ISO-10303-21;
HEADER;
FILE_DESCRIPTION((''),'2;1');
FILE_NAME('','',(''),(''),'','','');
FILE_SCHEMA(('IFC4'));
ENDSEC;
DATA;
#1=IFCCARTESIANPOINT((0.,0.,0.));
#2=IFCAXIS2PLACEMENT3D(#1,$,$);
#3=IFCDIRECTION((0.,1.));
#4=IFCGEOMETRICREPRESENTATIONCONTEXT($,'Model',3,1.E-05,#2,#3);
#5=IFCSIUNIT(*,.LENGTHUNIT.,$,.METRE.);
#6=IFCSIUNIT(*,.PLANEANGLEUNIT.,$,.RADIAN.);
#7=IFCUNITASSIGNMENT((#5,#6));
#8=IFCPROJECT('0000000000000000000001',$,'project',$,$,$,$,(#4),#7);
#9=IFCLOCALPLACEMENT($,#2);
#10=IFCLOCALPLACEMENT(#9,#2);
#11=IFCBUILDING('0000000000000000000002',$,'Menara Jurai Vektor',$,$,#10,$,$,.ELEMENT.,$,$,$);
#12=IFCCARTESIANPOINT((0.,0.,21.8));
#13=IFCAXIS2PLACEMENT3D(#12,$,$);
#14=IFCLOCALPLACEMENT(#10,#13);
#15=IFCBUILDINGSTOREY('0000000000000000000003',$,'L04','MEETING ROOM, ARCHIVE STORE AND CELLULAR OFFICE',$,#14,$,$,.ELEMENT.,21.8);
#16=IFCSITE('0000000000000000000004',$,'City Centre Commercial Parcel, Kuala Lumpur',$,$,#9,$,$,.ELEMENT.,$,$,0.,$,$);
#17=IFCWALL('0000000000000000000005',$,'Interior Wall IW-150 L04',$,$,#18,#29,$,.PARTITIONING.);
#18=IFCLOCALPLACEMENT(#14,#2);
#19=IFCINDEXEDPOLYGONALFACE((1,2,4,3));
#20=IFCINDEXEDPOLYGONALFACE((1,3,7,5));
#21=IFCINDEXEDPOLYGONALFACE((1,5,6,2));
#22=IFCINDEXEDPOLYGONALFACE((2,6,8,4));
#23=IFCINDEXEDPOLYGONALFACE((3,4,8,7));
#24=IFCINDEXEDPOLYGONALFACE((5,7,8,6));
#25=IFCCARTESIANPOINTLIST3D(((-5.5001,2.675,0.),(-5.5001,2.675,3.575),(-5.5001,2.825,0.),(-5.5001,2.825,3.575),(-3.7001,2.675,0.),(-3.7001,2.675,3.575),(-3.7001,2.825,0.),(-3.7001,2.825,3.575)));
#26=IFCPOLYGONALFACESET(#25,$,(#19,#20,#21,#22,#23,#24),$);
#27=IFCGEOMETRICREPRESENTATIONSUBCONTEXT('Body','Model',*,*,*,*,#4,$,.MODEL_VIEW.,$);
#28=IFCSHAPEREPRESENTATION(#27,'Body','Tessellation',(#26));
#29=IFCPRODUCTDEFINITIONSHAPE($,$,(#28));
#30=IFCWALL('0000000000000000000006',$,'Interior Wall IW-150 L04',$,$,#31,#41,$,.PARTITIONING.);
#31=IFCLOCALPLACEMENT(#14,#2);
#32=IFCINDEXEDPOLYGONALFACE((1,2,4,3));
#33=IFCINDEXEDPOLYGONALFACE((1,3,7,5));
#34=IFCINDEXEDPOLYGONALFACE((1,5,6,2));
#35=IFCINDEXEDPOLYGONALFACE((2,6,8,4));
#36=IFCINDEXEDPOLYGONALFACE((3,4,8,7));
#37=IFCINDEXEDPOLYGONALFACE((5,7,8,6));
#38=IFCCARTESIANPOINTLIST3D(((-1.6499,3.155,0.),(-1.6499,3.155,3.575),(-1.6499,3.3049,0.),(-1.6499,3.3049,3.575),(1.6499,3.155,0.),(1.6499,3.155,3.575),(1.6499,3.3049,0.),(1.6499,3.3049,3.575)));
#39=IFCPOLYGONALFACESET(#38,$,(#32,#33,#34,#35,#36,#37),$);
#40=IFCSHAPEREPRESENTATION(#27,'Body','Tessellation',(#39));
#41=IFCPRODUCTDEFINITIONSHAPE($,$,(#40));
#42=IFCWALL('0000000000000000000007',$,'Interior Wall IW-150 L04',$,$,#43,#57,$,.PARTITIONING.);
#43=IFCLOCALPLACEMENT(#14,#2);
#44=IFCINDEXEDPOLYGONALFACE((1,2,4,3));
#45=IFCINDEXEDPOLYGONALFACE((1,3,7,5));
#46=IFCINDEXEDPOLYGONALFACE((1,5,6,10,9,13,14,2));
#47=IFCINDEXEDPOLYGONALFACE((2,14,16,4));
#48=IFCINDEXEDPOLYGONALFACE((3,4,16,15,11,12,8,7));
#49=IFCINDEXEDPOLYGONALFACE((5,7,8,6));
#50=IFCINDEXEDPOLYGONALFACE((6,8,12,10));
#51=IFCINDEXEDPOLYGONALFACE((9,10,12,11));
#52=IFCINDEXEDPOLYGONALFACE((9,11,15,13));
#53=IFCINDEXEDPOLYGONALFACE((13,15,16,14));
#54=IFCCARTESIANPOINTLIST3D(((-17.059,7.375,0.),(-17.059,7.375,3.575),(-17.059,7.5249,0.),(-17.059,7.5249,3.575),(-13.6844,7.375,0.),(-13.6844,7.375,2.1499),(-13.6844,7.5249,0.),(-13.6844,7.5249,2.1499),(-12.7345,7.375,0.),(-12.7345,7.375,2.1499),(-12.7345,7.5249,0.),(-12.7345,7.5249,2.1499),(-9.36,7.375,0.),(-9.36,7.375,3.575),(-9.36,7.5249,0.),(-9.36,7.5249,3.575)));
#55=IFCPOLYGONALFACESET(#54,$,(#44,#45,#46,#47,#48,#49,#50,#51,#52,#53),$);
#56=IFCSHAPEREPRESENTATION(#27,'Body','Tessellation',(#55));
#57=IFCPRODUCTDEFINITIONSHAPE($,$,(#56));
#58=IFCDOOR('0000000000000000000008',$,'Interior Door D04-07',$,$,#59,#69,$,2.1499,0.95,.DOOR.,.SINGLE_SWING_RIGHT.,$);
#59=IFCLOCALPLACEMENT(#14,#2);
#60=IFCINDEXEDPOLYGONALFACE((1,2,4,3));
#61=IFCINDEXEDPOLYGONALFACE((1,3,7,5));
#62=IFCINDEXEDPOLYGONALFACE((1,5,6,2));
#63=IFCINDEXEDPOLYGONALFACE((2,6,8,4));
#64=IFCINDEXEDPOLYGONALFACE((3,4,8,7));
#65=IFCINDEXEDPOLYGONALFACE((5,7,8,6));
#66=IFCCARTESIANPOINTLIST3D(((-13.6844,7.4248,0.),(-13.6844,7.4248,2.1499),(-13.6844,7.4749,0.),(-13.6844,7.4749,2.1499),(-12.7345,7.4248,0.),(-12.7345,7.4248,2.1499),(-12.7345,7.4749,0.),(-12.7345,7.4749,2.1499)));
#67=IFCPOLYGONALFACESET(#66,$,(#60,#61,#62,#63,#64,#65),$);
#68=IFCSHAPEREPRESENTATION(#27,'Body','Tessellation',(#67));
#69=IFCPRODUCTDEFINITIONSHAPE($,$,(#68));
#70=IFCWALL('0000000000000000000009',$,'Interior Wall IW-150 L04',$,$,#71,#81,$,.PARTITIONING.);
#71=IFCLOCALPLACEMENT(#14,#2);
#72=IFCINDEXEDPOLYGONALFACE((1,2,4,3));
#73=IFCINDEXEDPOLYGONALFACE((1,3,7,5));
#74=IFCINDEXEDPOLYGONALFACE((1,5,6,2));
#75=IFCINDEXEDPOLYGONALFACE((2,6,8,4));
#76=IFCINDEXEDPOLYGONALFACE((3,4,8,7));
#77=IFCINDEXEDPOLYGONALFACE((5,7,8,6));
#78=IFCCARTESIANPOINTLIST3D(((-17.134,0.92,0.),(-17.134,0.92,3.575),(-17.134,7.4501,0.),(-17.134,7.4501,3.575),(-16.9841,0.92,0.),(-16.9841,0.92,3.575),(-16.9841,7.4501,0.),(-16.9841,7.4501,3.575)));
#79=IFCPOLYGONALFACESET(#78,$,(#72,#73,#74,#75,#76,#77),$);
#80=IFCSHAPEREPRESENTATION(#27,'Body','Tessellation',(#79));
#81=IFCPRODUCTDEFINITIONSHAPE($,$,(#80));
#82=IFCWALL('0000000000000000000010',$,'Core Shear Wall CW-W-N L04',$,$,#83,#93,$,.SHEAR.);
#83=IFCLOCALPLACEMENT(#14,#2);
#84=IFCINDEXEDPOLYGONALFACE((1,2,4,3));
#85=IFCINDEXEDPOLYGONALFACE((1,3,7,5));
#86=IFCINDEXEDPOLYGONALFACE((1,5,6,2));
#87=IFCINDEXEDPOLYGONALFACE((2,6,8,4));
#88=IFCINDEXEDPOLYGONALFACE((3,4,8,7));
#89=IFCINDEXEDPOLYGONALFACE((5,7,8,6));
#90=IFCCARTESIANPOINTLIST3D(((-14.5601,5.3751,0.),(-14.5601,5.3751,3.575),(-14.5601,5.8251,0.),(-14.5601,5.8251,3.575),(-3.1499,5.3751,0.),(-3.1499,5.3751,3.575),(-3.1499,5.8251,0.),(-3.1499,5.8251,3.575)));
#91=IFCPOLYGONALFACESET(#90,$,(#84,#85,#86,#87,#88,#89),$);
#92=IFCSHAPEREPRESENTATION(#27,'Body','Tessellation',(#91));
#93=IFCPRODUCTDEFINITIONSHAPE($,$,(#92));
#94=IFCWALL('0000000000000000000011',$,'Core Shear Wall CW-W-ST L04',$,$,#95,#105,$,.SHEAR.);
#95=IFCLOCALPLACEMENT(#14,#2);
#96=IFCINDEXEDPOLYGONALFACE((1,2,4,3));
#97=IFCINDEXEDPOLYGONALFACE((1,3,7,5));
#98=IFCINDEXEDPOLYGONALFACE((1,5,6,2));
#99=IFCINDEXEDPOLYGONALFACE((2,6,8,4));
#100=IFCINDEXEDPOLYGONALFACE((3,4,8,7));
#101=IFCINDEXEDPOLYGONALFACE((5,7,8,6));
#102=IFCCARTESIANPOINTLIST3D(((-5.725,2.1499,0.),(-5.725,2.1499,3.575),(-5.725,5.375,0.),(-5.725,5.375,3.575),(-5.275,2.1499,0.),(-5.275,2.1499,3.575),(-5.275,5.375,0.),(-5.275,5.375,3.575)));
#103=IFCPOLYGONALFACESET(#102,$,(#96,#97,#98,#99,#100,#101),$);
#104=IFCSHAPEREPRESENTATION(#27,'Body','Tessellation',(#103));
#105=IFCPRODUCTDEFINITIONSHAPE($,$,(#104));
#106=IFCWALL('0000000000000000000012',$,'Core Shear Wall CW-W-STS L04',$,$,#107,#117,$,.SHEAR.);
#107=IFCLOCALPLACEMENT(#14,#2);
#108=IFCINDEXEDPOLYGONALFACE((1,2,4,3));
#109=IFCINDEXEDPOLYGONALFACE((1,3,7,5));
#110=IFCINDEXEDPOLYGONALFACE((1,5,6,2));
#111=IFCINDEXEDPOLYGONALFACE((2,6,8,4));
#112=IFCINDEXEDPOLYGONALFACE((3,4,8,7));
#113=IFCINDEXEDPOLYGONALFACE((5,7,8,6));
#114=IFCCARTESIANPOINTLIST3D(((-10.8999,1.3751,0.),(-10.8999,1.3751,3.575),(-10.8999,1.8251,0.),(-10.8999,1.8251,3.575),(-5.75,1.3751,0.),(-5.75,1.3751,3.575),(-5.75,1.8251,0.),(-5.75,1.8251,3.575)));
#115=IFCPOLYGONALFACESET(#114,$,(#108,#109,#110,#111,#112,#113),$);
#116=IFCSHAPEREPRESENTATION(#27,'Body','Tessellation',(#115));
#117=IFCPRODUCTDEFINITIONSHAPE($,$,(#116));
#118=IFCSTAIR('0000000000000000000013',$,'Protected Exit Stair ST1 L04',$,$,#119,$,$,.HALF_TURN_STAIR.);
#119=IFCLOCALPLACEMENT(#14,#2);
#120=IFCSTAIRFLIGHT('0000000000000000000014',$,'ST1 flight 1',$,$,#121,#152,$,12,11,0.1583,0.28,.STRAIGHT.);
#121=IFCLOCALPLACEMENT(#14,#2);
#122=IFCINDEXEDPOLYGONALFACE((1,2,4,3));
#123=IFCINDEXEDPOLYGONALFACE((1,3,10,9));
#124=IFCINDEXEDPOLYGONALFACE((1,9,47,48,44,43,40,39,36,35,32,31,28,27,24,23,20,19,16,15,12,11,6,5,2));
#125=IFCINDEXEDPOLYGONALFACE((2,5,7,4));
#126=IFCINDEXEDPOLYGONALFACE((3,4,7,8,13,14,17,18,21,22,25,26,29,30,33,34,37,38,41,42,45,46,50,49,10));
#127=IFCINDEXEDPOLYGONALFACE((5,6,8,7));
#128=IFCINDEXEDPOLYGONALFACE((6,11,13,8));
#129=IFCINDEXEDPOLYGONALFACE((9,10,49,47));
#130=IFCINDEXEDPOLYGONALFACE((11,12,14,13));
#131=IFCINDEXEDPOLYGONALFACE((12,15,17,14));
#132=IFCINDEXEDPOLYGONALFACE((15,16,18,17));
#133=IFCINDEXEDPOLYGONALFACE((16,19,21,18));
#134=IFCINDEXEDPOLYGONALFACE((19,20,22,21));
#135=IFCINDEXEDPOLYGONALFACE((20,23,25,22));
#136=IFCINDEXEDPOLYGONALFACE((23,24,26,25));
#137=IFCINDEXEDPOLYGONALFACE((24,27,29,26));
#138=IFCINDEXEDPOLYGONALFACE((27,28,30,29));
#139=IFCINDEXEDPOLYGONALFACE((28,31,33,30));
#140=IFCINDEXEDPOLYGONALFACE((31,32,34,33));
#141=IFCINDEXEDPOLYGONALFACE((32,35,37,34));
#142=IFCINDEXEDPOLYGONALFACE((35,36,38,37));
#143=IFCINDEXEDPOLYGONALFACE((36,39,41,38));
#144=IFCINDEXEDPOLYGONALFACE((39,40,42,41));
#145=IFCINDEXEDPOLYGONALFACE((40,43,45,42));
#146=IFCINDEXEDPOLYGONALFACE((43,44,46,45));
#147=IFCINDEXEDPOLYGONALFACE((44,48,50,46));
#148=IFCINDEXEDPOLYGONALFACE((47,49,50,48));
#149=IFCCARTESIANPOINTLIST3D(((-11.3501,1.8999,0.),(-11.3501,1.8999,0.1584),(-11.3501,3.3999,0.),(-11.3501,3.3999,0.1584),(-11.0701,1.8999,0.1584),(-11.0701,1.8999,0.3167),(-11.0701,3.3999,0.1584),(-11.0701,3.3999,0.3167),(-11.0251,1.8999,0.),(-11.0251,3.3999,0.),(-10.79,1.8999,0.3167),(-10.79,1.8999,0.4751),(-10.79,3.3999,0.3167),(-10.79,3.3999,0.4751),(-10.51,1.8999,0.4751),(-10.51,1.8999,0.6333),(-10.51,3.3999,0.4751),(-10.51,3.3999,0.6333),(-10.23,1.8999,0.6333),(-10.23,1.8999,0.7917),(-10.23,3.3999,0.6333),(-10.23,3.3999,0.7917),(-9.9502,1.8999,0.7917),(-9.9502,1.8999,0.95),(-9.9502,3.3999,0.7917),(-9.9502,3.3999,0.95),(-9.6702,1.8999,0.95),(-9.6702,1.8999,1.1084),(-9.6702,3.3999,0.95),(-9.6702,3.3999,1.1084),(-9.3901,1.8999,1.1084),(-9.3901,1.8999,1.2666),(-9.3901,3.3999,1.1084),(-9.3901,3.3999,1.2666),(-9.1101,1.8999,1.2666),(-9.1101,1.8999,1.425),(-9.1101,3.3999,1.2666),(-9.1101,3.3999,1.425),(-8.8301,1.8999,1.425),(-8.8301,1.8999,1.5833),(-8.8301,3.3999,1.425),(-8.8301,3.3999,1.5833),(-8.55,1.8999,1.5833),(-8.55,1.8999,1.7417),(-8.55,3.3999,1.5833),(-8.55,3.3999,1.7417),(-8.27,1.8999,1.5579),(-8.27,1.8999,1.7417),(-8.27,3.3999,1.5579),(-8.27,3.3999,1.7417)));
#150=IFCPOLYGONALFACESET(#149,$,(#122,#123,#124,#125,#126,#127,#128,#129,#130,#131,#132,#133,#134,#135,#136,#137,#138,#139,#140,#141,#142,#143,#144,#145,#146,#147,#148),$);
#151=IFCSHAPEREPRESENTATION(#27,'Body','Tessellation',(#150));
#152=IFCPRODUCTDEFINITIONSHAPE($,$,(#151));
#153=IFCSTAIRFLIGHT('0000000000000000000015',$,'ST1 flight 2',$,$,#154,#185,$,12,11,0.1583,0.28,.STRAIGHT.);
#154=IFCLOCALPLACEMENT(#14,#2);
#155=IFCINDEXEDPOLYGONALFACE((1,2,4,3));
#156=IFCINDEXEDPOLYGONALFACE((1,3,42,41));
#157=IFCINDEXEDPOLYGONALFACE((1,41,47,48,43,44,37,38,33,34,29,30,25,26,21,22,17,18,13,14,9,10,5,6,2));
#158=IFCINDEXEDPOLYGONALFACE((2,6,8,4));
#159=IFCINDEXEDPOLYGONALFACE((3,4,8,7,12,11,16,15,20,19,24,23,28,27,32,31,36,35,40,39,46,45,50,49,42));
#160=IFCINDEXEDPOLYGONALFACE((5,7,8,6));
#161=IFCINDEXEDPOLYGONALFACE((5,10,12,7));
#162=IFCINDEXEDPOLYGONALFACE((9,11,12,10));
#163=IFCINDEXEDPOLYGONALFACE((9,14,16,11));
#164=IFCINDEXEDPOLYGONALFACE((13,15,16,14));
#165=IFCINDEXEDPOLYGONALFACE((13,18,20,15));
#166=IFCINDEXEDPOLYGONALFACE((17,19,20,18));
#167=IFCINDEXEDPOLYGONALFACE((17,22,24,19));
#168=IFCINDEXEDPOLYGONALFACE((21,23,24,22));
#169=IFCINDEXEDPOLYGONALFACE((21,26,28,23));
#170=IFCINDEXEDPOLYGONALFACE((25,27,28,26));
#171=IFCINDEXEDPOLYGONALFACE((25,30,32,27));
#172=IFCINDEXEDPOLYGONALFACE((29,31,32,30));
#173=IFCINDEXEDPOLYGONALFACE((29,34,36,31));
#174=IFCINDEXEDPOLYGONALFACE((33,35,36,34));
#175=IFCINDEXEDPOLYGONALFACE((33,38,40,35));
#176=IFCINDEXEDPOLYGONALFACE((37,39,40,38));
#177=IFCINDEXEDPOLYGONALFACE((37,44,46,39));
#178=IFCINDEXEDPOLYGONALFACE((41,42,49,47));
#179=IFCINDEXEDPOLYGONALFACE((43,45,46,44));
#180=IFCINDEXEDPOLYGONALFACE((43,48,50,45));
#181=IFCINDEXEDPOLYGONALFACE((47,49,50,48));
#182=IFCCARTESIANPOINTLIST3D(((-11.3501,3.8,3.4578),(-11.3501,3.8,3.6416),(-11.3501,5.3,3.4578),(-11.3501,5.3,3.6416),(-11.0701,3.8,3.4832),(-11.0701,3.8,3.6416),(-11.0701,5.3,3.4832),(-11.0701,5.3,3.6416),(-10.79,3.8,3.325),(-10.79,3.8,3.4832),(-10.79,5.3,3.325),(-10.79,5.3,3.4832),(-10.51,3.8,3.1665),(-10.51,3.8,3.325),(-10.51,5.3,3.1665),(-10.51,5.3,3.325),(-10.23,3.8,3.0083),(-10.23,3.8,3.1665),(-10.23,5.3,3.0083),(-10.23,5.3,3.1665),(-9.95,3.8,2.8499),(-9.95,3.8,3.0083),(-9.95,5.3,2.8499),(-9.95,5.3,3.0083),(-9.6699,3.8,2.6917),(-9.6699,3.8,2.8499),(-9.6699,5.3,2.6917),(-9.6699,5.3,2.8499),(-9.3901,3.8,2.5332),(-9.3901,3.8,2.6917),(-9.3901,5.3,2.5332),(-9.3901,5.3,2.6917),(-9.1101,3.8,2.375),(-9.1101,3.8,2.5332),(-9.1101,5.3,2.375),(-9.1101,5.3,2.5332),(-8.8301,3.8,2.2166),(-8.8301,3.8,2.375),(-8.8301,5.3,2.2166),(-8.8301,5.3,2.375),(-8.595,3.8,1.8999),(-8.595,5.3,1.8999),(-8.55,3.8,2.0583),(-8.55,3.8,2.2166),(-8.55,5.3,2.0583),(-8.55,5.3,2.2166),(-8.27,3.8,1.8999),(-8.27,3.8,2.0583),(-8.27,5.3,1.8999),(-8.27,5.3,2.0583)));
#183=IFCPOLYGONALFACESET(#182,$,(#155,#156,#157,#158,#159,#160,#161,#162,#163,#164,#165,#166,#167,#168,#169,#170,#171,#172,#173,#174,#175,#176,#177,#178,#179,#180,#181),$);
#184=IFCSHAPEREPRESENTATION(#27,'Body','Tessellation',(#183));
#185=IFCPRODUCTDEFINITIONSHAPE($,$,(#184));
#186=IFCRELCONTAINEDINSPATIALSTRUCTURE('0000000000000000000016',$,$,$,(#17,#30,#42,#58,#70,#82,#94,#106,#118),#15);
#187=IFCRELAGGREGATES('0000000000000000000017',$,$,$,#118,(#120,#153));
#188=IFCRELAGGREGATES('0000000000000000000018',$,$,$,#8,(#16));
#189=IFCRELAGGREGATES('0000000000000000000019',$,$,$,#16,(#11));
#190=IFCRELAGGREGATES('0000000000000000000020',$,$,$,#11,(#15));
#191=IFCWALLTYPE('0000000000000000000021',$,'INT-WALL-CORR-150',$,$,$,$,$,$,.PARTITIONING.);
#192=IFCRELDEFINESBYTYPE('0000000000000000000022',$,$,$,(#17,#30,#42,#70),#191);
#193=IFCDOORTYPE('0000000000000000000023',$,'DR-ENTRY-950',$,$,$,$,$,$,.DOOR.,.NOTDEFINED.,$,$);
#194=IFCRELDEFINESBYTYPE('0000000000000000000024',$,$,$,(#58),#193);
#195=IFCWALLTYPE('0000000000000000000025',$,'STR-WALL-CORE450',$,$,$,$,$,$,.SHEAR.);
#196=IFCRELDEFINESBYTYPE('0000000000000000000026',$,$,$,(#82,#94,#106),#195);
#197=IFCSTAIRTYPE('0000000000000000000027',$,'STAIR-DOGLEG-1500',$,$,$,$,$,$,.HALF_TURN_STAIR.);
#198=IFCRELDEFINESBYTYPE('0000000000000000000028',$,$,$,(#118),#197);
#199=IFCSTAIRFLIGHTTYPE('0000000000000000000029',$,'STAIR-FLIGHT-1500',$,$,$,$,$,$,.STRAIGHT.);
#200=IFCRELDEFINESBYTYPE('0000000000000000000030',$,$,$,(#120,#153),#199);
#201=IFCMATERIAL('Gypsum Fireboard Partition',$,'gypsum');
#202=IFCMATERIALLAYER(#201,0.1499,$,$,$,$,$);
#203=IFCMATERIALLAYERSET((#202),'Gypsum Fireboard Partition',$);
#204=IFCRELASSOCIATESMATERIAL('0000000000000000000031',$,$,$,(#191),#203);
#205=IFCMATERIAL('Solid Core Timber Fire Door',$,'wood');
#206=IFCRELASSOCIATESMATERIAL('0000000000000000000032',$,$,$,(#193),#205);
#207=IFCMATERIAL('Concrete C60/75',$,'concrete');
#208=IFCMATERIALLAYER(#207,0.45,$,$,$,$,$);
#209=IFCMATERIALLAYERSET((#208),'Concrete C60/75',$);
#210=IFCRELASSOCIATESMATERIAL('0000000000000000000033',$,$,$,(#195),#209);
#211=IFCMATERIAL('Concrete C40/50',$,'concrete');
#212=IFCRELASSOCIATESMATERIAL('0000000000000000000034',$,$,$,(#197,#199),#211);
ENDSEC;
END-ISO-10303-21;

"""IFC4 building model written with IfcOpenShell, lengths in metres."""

from ifc_helpers import new_model, si_unit, direction, frame, frame_2d, origin, place, context, subcontext, project, spatial, polyline, rectangle, outline, extrude, material, layer, layer_set, type_object, element, fill, aggregate, save


model = new_model("IFC4")

# Units and contexts
model_context = context("Model", 3, precision=1e-05, world=origin(), true_north=direction((0.0, 1.0)))
body_context = subcontext(model_context, "Body", "Model", "MODEL_VIEW")
ifc_project = project(units=[si_unit("LENGTHUNIT", "METRE"), si_unit("PLANEANGLEUNIT", "RADIAN")], contexts=[model_context])

# Site, building, storey
site_placement = place(None, origin())
site = spatial("IfcSite", under=ifc_project, at=site_placement, Name="City Centre Commercial Parcel, Kuala Lumpur", CompositionType="ELEMENT", RefElevation=0.0)
building_placement = place(site_placement, origin())
building = spatial("IfcBuilding", under=site, at=building_placement, Name="Menara Jurai Vektor", CompositionType="ELEMENT")
storey_placement = place(building_placement, frame((0.0, 0.0, 21.8)))
storey = spatial("IfcBuildingStorey", under=building, at=storey_placement, Name="L04", Description="MEETING ROOM, ARCHIVE STORE AND CELLULAR OFFICE", CompositionType="ELEMENT", Elevation=21.8)

# Shared definitions
ifc_material_1 = material(Name="Concrete C60/75", Category="concrete")

# Shared definitions
ifc_material_2 = material(Name="Concrete C40/50", Category="concrete")

# Walls
ifc_material_3 = material(Name="Gypsum Fireboard Partition", Category="gypsum")
ifc_layer_1 = layer(ifc_material_3, 0.1499)
ifc_layer_set_1 = layer_set([ifc_layer_1], Name="Gypsum Fireboard Partition")
wall_type_1 = type_object("IfcWallType", Name="INT-WALL-CORR-150", PredefinedType="PARTITIONING", material=ifc_layer_set_1)
wall_1_placement = place(storey_placement, frame((-5.5, 2.75, 0.0), z_axis=(0.0, 0.0, 1.0), x_axis=(1.0, 0.0, 0.0)))
element("IfcWall", 1, at=wall_1_placement, inside=storey, type_object=wall_type_1, Name="Interior Wall IW-150 L04", PredefinedType="PARTITIONING", context=body_context, shape_type="SweptSolid", body=[
    extrude(rectangle(XDim=1.8, YDim=0.1499, at=frame_2d((0.8999, 0.0))), origin(), (0.0, 0.0, 1.0), 3.575),
])
wall_2_placement = place(storey_placement, frame((-1.6499, 3.23, 0.0), z_axis=(0.0, 0.0, 1.0), x_axis=(1.0, 0.0, 0.0)))
element("IfcWall", 2, at=wall_2_placement, inside=storey, type_object=wall_type_1, Name="Interior Wall IW-150 L04", PredefinedType="PARTITIONING", context=body_context, shape_type="SweptSolid", body=[
    extrude(rectangle(XDim=3.2998, YDim=0.1499, at=frame_2d((1.6499, 0.0))), origin(), (0.0, 0.0, 1.0), 3.575),
])

# Wall, opening, door
wall_3_placement = place(storey_placement, frame((-17.0591, 7.45, 0.0), z_axis=(0.0, 0.0, 1.0), x_axis=(1.0, 0.0, 0.0)))
wall_3 = element("IfcWall", 3, at=wall_3_placement, inside=storey, type_object=wall_type_1, Name="Interior Wall IW-150 L04", PredefinedType="PARTITIONING", context=body_context, shape_type="SweptSolid", body=[
    extrude(rectangle(XDim=7.699, YDim=0.1499, at=frame_2d((3.8496, 0.0))), origin(), (0.0, 0.0, 1.0), 3.575),
])
opening_1_placement = place(wall_3_placement, frame((3.3745, 0.0, 0.0)))
opening_1 = element("IfcOpeningElement", 4, at=opening_1_placement, cuts=wall_3, PredefinedType="OPENING", context=body_context, shape_type="SweptSolid", body=[
    extrude(rectangle(XDim=0.95, YDim=2.1499, at=frame_2d((0.4751, 1.075))), frame((0.0, 0.085, 0.0), z_axis=(0.0, -1.0, 0.0), x_axis=(1.0, 0.0, 0.0)), (0.0, 0.0, 1.0), 0.1699),
])
ifc_material_4 = material(Name="Solid Core Timber Fire Door", Category="wood")
door_type_1 = type_object("IfcDoorType", Name="DR-ENTRY-950", OperationType="NOTDEFINED", PredefinedType="DOOR", material=ifc_material_4)
door_1_placement = place(opening_1_placement, origin())
door_1 = element("IfcDoor", 5, at=door_1_placement, inside=storey, type_object=door_type_1, Name="Interior Door D04-07", OperationType="SINGLE_SWING_RIGHT", OverallHeight=2.1499, OverallWidth=0.95, PredefinedType="DOOR", context=body_context, shape_type="SweptSolid", body=[
    extrude(rectangle(XDim=0.95, YDim=2.1499, at=frame_2d((0.4751, 1.075))), frame((0.0, 0.0249, 0.0), z_axis=(0.0, -1.0, 0.0), x_axis=(1.0, 0.0, 0.0)), (0.0, 0.0, 1.0), 0.05),
])
fill(opening_1, door_1)

# Walls
wall_4_placement = place(storey_placement, frame((-17.0591, 0.9199, 0.0), z_axis=(0.0, 0.0, 1.0), x_axis=(0.0, 1.0, 0.0)))
element("IfcWall", 6, at=wall_4_placement, inside=storey, type_object=wall_type_1, Name="Interior Wall IW-150 L04", PredefinedType="PARTITIONING", context=body_context, shape_type="SweptSolid", body=[
    extrude(rectangle(XDim=6.53, YDim=0.1499, at=frame_2d((3.2651, 0.0))), origin(), (0.0, 0.0, 1.0), 3.575),
])
ifc_layer_2 = layer(ifc_material_1, 0.45)
ifc_layer_set_2 = layer_set([ifc_layer_2], Name="Concrete C60/75")
wall_type_2 = type_object("IfcWallType", Name="STR-WALL-CORE450", PredefinedType="SHEAR", material=ifc_layer_set_2)
wall_5_placement = place(storey_placement, frame((-14.5601, 5.6001, 0.0), z_axis=(0.0, 0.0, 1.0), x_axis=(1.0, 0.0, 0.0)))
element("IfcWall", 7, at=wall_5_placement, inside=storey, type_object=wall_type_2, Name="Core Shear Wall CW-W-N L04", PredefinedType="SHEAR", context=body_context, shape_type="SweptSolid", body=[
    extrude(rectangle(XDim=11.4102, YDim=0.45, at=frame_2d((5.7051, 0.0))), origin(), (0.0, 0.0, 1.0), 3.575),
])
wall_6_placement = place(storey_placement, frame((-5.5, 2.1499, 0.0), z_axis=(0.0, 0.0, 1.0), x_axis=(0.0, 1.0, 0.0)))
element("IfcWall", 8, at=wall_6_placement, inside=storey, type_object=wall_type_2, Name="Core Shear Wall CW-W-ST L04", PredefinedType="SHEAR", context=body_context, shape_type="SweptSolid", body=[
    extrude(rectangle(XDim=3.2251, YDim=0.45, at=frame_2d((1.6125, 0.0))), origin(), (0.0, 0.0, 1.0), 3.575),
])
wall_7_placement = place(storey_placement, frame((-10.8999, 1.6001, 0.0), z_axis=(0.0, 0.0, 1.0), x_axis=(1.0, 0.0, 0.0)))
element("IfcWall", 9, at=wall_7_placement, inside=storey, type_object=wall_type_2, Name="Core Shear Wall CW-W-STS L04", PredefinedType="SHEAR", context=body_context, shape_type="SweptSolid", body=[
    extrude(rectangle(XDim=5.1499, YDim=0.45, at=frame_2d((2.575, 0.0))), origin(), (0.0, 0.0, 1.0), 3.575),
])

# Stair, stair flights
stair_type = type_object("IfcStairType", Name="STAIR-DOGLEG-1500", PredefinedType="HALF_TURN_STAIR", material=ifc_material_2)
stair_placement = place(storey_placement, origin())
stair = element("IfcStair", 10, at=stair_placement, inside=storey, type_object=stair_type, Name="Protected Exit Stair ST1 L04", PredefinedType="HALF_TURN_STAIR")
stair_flight_type = type_object("IfcStairFlightType", Name="STAIR-FLIGHT-1500", PredefinedType="STRAIGHT", material=ifc_material_2)
stair_flight_1_placement = place(storey_placement, frame((-11.3501, 2.6499, 0.0), z_axis=(0.0, 0.0, 1.0), x_axis=(1.0, 0.0, 0.0)))
stair_flight_1 = element("IfcStairFlight", 11, at=stair_flight_1_placement, type_object=stair_flight_type, Name="ST1 flight 1", NumberOfRisers=12, NumberOfTreads=11, PredefinedType="STRAIGHT", RiserHeight=0.1583, TreadLength=0.28, context=body_context, shape_type="SweptSolid", body=[
    extrude(outline(polyline([(0.0, 0.0), (0.0, 0.1584), (0.28, 0.1584), (0.28, 0.3167), (0.5601, 0.3167), (0.5601, 0.4751), (0.8401, 0.4751), (0.8401, 0.6333), (1.1201, 0.6333), (1.1201, 0.7917), (1.3999, 0.7917), (1.3999, 0.95), (1.6799, 0.95), (1.6799, 1.1084), (1.96, 1.1084), (1.96, 1.2666), (2.24, 1.2666), (2.24, 1.425), (2.52, 1.425), (2.52, 1.5833), (2.8, 1.5833), (2.8, 1.7417), (3.0801, 1.7417), (3.0801, 1.8999), (3.0801, 1.5579), (0.325, 0.0), (0.0, 0.0)])), frame((0.0, 0.75, 0.0), z_axis=(0.0, -1.0, 0.0), x_axis=(1.0, 0.0, 0.0)), (0.0, 0.0, 1.0), 1.5),
])
stair_flight_2_placement = place(storey_placement, frame((-8.27, 4.55, 1.8999), z_axis=(0.0, 0.0, 1.0), x_axis=(-1.0, 0.0, 0.0)))
stair_flight_2 = element("IfcStairFlight", 12, at=stair_flight_2_placement, type_object=stair_flight_type, Name="ST1 flight 2", NumberOfRisers=12, NumberOfTreads=11, PredefinedType="STRAIGHT", RiserHeight=0.1583, TreadLength=0.28, context=body_context, shape_type="SweptSolid", body=[
    extrude(outline(polyline([(0.0, 0.0), (0.0, 0.1584), (0.28, 0.1584), (0.28, 0.3167), (0.5601, 0.3167), (0.5601, 0.4751), (0.8401, 0.4751), (0.8401, 0.6333), (1.1201, 0.6333), (1.1201, 0.7917), (1.3999, 0.7917), (1.3999, 0.95), (1.6799, 0.95), (1.6799, 1.1084), (1.96, 1.1084), (1.96, 1.2666), (2.24, 1.2666), (2.24, 1.425), (2.52, 1.425), (2.52, 1.5833), (2.8, 1.5833), (2.8, 1.7417), (3.0801, 1.7417), (3.0801, 1.8999), (3.0801, 1.5579), (0.325, 0.0), (0.0, 0.0)])), frame((0.0, 0.75, 0.0), z_axis=(0.0, -1.0, 0.0), x_axis=(1.0, 0.0, 0.0)), (0.0, 0.0, 1.0), 1.5),
])
aggregate(stair, [stair_flight_1, stair_flight_2])

save(model, "model.ifc")
